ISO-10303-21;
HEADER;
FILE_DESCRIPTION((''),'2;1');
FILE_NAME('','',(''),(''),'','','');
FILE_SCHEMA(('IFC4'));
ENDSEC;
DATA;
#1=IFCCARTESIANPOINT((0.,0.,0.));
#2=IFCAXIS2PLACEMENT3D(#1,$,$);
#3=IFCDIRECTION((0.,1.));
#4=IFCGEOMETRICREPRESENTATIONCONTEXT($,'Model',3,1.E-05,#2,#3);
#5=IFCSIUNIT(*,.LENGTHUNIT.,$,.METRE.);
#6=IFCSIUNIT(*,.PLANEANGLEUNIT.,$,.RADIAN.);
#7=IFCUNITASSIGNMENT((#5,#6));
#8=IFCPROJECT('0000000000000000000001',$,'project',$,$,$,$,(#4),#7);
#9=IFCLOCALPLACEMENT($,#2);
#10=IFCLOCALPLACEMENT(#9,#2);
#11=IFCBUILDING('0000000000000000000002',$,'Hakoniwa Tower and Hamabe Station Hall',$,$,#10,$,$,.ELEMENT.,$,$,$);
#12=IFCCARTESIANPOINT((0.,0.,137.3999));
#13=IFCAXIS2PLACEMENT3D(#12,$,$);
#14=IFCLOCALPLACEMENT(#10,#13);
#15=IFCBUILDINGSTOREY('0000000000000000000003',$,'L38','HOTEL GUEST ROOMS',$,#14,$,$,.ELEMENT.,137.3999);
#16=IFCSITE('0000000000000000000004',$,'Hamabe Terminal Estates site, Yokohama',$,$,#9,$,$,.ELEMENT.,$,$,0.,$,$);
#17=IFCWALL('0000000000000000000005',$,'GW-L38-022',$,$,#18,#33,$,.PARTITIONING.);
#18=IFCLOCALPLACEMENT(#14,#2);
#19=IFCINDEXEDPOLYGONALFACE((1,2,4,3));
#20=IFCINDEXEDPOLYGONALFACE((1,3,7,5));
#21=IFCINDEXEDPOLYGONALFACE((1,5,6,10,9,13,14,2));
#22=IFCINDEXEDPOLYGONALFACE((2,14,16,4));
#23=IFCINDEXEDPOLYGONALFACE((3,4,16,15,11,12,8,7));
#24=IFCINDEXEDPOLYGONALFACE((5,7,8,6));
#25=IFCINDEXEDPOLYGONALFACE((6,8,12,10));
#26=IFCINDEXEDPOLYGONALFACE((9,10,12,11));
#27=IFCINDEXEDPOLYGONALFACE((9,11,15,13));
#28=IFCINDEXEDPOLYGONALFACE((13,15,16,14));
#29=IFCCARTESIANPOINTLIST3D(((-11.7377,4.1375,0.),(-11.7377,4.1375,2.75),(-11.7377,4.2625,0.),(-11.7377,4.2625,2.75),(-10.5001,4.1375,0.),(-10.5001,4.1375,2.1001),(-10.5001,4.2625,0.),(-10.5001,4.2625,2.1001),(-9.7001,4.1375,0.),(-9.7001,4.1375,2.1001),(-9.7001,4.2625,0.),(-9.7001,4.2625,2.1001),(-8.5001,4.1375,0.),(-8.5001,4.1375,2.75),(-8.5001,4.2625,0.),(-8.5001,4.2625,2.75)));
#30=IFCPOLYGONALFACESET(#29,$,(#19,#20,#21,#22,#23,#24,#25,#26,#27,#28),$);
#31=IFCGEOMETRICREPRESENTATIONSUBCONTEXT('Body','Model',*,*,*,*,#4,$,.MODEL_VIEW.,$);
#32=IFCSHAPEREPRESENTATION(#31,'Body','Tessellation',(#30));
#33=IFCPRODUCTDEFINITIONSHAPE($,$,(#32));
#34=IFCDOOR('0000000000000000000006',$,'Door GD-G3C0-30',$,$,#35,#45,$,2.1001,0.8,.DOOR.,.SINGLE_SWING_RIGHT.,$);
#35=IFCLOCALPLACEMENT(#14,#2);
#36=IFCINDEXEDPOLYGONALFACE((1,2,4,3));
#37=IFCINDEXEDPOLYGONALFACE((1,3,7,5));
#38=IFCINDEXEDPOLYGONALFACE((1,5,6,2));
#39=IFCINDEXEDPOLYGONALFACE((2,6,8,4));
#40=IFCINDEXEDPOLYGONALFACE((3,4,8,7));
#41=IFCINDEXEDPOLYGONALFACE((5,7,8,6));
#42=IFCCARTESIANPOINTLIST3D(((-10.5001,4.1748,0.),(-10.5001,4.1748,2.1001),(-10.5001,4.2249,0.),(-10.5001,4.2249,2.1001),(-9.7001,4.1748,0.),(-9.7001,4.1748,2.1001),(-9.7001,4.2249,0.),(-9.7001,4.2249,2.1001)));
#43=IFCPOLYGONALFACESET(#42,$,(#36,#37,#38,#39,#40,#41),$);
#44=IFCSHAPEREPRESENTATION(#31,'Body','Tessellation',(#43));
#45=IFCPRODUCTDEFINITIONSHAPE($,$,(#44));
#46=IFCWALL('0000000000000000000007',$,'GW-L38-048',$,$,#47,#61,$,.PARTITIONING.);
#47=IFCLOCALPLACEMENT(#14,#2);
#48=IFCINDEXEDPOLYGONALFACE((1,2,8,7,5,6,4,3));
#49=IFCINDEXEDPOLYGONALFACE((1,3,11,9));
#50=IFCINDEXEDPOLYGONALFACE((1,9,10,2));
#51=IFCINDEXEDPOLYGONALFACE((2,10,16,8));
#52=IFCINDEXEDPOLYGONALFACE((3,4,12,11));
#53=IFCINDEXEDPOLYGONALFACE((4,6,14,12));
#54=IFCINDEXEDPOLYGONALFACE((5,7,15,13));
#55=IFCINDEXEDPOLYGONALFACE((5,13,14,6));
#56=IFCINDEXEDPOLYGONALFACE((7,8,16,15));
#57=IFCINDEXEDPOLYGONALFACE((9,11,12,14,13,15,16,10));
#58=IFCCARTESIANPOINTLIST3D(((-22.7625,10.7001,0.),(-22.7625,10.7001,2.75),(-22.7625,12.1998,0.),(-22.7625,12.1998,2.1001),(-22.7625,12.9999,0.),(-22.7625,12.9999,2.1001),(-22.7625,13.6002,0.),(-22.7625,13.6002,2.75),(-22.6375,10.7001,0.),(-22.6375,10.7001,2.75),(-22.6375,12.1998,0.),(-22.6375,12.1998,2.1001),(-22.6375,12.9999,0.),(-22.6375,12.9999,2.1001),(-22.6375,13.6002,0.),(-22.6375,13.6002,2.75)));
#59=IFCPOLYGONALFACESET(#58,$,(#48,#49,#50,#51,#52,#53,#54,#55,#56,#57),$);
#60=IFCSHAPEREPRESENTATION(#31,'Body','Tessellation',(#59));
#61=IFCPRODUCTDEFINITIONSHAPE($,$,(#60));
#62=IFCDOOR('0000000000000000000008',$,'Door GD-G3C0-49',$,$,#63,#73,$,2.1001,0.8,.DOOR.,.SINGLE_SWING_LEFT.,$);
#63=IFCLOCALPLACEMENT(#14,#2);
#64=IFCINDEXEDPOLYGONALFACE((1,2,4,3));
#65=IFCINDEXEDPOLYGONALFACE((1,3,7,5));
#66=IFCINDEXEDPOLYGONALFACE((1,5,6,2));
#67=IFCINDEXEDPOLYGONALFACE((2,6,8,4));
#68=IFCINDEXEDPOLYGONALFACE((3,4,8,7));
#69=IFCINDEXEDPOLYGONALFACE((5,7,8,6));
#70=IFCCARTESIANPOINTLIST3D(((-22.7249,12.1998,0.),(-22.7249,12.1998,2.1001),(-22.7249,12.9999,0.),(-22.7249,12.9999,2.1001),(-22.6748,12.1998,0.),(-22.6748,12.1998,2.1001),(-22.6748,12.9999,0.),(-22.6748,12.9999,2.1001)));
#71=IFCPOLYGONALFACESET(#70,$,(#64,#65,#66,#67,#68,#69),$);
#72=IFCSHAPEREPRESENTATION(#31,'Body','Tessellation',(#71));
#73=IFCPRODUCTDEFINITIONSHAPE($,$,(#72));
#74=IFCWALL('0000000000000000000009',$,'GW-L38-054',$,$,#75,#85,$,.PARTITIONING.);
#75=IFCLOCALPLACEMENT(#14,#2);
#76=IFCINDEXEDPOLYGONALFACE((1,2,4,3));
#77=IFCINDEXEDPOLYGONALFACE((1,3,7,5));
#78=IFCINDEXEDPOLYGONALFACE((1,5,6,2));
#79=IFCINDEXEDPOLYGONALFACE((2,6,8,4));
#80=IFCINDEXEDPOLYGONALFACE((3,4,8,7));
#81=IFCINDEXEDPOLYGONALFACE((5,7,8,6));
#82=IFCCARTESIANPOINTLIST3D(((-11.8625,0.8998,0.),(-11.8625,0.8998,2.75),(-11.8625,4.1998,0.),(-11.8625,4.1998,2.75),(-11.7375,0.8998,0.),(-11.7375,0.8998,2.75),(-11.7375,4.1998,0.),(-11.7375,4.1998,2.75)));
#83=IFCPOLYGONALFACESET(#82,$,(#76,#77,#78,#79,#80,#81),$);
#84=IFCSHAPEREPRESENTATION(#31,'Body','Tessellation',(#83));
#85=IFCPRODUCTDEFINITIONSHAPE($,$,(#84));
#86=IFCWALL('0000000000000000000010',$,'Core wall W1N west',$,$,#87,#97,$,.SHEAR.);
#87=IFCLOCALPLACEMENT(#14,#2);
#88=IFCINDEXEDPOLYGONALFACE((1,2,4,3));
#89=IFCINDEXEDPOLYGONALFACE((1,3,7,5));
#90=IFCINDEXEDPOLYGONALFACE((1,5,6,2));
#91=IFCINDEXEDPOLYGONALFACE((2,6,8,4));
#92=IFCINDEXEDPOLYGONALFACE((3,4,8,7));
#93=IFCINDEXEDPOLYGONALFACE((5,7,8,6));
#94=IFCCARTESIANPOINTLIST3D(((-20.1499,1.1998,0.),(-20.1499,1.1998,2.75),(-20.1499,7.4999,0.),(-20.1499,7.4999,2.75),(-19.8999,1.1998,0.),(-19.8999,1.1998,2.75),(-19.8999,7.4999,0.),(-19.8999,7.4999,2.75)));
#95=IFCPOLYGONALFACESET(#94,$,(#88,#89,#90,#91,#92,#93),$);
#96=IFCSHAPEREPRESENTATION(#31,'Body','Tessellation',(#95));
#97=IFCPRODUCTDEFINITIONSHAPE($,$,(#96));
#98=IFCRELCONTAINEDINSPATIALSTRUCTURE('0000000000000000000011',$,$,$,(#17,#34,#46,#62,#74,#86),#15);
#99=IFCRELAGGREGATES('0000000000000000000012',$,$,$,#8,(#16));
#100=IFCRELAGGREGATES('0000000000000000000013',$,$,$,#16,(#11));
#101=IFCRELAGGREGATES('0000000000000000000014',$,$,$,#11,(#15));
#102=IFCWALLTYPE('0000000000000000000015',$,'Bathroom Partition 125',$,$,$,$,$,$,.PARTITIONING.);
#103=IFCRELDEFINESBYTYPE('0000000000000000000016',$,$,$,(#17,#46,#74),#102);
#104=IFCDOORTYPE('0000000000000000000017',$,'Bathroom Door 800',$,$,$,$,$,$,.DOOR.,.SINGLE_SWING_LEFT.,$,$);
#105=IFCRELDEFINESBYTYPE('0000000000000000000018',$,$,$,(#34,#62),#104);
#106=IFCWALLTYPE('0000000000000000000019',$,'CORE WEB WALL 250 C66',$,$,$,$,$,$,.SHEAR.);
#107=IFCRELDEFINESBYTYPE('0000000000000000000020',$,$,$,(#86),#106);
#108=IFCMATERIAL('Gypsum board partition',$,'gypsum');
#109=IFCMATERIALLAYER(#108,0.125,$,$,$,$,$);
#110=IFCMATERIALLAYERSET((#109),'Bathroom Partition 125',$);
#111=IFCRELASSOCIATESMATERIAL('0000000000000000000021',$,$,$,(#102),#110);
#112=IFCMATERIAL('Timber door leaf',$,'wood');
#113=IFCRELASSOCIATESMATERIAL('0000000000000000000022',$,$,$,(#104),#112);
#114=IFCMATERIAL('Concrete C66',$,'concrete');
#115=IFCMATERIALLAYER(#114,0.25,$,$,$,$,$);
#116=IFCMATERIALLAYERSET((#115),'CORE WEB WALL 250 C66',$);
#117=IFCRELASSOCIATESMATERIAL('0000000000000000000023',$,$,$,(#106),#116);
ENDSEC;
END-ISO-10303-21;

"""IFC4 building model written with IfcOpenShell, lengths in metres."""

from ifc_helpers import new_model, si_unit, direction, frame, frame_2d, origin, place, context, subcontext, project, spatial, rectangle, extrude, material, layer, layer_set, type_object, element, fill, save


model = new_model("IFC4")

# Units and contexts
model_context = context("Model", 3, precision=1e-05, world=origin(), true_north=direction((0.0, 1.0)))
body_context = subcontext(model_context, "Body", "Model", "MODEL_VIEW")
ifc_project = project(units=[si_unit("LENGTHUNIT", "METRE"), si_unit("PLANEANGLEUNIT", "RADIAN")], contexts=[model_context])

# Site, building, storey
site_placement = place(None, origin())
site = spatial("IfcSite", under=ifc_project, at=site_placement, Name="Hamabe Terminal Estates site, Yokohama", CompositionType="ELEMENT", RefElevation=0.0)
building_placement = place(site_placement, origin())
building = spatial("IfcBuilding", under=site, at=building_placement, Name="Hakoniwa Tower and Hamabe Station Hall", CompositionType="ELEMENT")
storey_placement = place(building_placement, frame((0.0, 0.0, 137.3999)))
storey = spatial("IfcBuildingStorey", under=building, at=storey_placement, Name="L38", Description="HOTEL GUEST ROOMS", CompositionType="ELEMENT", Elevation=137.3999)

# Walls, openings, doors
ifc_material_1 = material(Name="Gypsum board partition", Category="gypsum")
ifc_layer_1 = layer(ifc_material_1, 0.125)
ifc_layer_set_1 = layer_set([ifc_layer_1], Name="Bathroom Partition 125")
wall_type_1 = type_object("IfcWallType", Name="Bathroom Partition 125", PredefinedType="PARTITIONING", material=ifc_layer_set_1)
wall_1_placement = place(storey_placement, frame((-11.7375, 4.2, 0.0), z_axis=(0.0, 0.0, 1.0), x_axis=(1.0, 0.0, 0.0)))
wall_1 = element("IfcWall", 1, at=wall_1_placement, inside=storey, type_object=wall_type_1, Name="GW-L38-022", PredefinedType="PARTITIONING", context=body_context, shape_type="SweptSolid", body=[
    extrude(rectangle(XDim=3.2375, YDim=0.125, at=frame_2d((1.6187, 0.0))), origin(), (0.0, 0.0, 1.0), 2.75),
])
opening_1_placement = place(wall_1_placement, frame((1.2375, 0.0, 0.0)))
opening_1 = element("IfcOpeningElement", 2, at=opening_1_placement, cuts=wall_1, PredefinedType="OPENING", context=body_context, shape_type="SweptSolid", body=[
    extrude(rectangle(XDim=0.8, YDim=2.1001, at=frame_2d((0.3999, 1.05))), frame((0.0, 0.0725, 0.0), z_axis=(0.0, -1.0, 0.0), x_axis=(1.0, 0.0, 0.0)), (0.0, 0.0, 1.0), 0.145),
])
ifc_material_2 = material(Name="Timber door leaf", Category="wood")
door_type_1 = type_object("IfcDoorType", Name="Bathroom Door 800", OperationType="SINGLE_SWING_LEFT", PredefinedType="DOOR", material=ifc_material_2)
door_1_placement = place(opening_1_placement, origin())
door_1 = element("IfcDoor", 3, at=door_1_placement, inside=storey, type_object=door_type_1, Name="Door GD-G3C0-30", OperationType="SINGLE_SWING_RIGHT", OverallHeight=2.1001, OverallWidth=0.8, PredefinedType="DOOR", context=body_context, shape_type="SweptSolid", body=[
    extrude(rectangle(XDim=0.8, YDim=2.1001, at=frame_2d((0.3999, 1.05))), frame((0.0, 0.0249, 0.0), z_axis=(0.0, -1.0, 0.0), x_axis=(1.0, 0.0, 0.0)), (0.0, 0.0, 1.0), 0.05),
])
fill(opening_1, door_1)
wall_2_placement = place(storey_placement, frame((-22.7, 10.7, 0.0), z_axis=(0.0, 0.0, 1.0), x_axis=(0.0, 1.0, 0.0)))
wall_2 = element("IfcWall", 4, at=wall_2_placement, inside=storey, type_object=wall_type_1, Name="GW-L38-048", PredefinedType="PARTITIONING", context=body_context, shape_type="SweptSolid", body=[
    extrude(rectangle(XDim=2.9001, YDim=0.125, at=frame_2d((1.4502, 0.0))), origin(), (0.0, 0.0, 1.0), 2.75),
])
opening_2_placement = place(wall_2_placement, frame((1.5, 0.0, 0.0)))
opening_2 = element("IfcOpeningElement", 5, at=opening_2_placement, cuts=wall_2, PredefinedType="OPENING", context=body_context, shape_type="SweptSolid", body=[
    extrude(rectangle(XDim=0.8, YDim=2.1001, at=frame_2d((0.3999, 1.05))), frame((0.0, 0.0725, 0.0), z_axis=(0.0, -1.0, 0.0), x_axis=(1.0, 0.0, 0.0)), (0.0, 0.0, 1.0), 0.145),
])
door_2_placement = place(opening_2_placement, origin())
door_2 = element("IfcDoor", 6, at=door_2_placement, inside=storey, type_object=door_type_1, Name="Door GD-G3C0-49", OperationType="SINGLE_SWING_LEFT", OverallHeight=2.1001, OverallWidth=0.8, PredefinedType="DOOR", context=body_context, shape_type="SweptSolid", body=[
    extrude(rectangle(XDim=0.8, YDim=2.1001, at=frame_2d((0.3999, 1.05))), frame((0.0, 0.0249, 0.0), z_axis=(0.0, -1.0, 0.0), x_axis=(1.0, 0.0, 0.0)), (0.0, 0.0, 1.0), 0.05),
])
fill(opening_2, door_2)

# Walls
wall_3_placement = place(storey_placement, frame((-11.8, 0.8999, 0.0), z_axis=(0.0, 0.0, 1.0), x_axis=(0.0, 1.0, 0.0)))
element("IfcWall", 7, at=wall_3_placement, inside=storey, type_object=wall_type_1, Name="GW-L38-054", PredefinedType="PARTITIONING", context=body_context, shape_type="SweptSolid", body=[
    extrude(rectangle(XDim=3.3, YDim=0.125, at=frame_2d((1.6499, 0.0))), origin(), (0.0, 0.0, 1.0), 2.75),
])
ifc_material_3 = material(Name="Concrete C66", Category="concrete")
ifc_layer_2 = layer(ifc_material_3, 0.25)
ifc_layer_set_2 = layer_set([ifc_layer_2], Name="CORE WEB WALL 250 C66")
wall_type_2 = type_object("IfcWallType", Name="CORE WEB WALL 250 C66", PredefinedType="SHEAR", material=ifc_layer_set_2)
wall_4_placement = place(storey_placement, frame((-20.0249, 1.2, 0.0), z_axis=(0.0, 0.0, 1.0), x_axis=(0.0, 1.0, 0.0)))
element("IfcWall", 8, at=wall_4_placement, inside=storey, type_object=wall_type_2, Name="Core wall W1N west", PredefinedType="SHEAR", context=body_context, shape_type="SweptSolid", body=[
    extrude(rectangle(XDim=6.3, YDim=0.25, at=frame_2d((3.1499, 0.0))), origin(), (0.0, 0.0, 1.0), 2.75),
])

save(model, "model.ifc")
